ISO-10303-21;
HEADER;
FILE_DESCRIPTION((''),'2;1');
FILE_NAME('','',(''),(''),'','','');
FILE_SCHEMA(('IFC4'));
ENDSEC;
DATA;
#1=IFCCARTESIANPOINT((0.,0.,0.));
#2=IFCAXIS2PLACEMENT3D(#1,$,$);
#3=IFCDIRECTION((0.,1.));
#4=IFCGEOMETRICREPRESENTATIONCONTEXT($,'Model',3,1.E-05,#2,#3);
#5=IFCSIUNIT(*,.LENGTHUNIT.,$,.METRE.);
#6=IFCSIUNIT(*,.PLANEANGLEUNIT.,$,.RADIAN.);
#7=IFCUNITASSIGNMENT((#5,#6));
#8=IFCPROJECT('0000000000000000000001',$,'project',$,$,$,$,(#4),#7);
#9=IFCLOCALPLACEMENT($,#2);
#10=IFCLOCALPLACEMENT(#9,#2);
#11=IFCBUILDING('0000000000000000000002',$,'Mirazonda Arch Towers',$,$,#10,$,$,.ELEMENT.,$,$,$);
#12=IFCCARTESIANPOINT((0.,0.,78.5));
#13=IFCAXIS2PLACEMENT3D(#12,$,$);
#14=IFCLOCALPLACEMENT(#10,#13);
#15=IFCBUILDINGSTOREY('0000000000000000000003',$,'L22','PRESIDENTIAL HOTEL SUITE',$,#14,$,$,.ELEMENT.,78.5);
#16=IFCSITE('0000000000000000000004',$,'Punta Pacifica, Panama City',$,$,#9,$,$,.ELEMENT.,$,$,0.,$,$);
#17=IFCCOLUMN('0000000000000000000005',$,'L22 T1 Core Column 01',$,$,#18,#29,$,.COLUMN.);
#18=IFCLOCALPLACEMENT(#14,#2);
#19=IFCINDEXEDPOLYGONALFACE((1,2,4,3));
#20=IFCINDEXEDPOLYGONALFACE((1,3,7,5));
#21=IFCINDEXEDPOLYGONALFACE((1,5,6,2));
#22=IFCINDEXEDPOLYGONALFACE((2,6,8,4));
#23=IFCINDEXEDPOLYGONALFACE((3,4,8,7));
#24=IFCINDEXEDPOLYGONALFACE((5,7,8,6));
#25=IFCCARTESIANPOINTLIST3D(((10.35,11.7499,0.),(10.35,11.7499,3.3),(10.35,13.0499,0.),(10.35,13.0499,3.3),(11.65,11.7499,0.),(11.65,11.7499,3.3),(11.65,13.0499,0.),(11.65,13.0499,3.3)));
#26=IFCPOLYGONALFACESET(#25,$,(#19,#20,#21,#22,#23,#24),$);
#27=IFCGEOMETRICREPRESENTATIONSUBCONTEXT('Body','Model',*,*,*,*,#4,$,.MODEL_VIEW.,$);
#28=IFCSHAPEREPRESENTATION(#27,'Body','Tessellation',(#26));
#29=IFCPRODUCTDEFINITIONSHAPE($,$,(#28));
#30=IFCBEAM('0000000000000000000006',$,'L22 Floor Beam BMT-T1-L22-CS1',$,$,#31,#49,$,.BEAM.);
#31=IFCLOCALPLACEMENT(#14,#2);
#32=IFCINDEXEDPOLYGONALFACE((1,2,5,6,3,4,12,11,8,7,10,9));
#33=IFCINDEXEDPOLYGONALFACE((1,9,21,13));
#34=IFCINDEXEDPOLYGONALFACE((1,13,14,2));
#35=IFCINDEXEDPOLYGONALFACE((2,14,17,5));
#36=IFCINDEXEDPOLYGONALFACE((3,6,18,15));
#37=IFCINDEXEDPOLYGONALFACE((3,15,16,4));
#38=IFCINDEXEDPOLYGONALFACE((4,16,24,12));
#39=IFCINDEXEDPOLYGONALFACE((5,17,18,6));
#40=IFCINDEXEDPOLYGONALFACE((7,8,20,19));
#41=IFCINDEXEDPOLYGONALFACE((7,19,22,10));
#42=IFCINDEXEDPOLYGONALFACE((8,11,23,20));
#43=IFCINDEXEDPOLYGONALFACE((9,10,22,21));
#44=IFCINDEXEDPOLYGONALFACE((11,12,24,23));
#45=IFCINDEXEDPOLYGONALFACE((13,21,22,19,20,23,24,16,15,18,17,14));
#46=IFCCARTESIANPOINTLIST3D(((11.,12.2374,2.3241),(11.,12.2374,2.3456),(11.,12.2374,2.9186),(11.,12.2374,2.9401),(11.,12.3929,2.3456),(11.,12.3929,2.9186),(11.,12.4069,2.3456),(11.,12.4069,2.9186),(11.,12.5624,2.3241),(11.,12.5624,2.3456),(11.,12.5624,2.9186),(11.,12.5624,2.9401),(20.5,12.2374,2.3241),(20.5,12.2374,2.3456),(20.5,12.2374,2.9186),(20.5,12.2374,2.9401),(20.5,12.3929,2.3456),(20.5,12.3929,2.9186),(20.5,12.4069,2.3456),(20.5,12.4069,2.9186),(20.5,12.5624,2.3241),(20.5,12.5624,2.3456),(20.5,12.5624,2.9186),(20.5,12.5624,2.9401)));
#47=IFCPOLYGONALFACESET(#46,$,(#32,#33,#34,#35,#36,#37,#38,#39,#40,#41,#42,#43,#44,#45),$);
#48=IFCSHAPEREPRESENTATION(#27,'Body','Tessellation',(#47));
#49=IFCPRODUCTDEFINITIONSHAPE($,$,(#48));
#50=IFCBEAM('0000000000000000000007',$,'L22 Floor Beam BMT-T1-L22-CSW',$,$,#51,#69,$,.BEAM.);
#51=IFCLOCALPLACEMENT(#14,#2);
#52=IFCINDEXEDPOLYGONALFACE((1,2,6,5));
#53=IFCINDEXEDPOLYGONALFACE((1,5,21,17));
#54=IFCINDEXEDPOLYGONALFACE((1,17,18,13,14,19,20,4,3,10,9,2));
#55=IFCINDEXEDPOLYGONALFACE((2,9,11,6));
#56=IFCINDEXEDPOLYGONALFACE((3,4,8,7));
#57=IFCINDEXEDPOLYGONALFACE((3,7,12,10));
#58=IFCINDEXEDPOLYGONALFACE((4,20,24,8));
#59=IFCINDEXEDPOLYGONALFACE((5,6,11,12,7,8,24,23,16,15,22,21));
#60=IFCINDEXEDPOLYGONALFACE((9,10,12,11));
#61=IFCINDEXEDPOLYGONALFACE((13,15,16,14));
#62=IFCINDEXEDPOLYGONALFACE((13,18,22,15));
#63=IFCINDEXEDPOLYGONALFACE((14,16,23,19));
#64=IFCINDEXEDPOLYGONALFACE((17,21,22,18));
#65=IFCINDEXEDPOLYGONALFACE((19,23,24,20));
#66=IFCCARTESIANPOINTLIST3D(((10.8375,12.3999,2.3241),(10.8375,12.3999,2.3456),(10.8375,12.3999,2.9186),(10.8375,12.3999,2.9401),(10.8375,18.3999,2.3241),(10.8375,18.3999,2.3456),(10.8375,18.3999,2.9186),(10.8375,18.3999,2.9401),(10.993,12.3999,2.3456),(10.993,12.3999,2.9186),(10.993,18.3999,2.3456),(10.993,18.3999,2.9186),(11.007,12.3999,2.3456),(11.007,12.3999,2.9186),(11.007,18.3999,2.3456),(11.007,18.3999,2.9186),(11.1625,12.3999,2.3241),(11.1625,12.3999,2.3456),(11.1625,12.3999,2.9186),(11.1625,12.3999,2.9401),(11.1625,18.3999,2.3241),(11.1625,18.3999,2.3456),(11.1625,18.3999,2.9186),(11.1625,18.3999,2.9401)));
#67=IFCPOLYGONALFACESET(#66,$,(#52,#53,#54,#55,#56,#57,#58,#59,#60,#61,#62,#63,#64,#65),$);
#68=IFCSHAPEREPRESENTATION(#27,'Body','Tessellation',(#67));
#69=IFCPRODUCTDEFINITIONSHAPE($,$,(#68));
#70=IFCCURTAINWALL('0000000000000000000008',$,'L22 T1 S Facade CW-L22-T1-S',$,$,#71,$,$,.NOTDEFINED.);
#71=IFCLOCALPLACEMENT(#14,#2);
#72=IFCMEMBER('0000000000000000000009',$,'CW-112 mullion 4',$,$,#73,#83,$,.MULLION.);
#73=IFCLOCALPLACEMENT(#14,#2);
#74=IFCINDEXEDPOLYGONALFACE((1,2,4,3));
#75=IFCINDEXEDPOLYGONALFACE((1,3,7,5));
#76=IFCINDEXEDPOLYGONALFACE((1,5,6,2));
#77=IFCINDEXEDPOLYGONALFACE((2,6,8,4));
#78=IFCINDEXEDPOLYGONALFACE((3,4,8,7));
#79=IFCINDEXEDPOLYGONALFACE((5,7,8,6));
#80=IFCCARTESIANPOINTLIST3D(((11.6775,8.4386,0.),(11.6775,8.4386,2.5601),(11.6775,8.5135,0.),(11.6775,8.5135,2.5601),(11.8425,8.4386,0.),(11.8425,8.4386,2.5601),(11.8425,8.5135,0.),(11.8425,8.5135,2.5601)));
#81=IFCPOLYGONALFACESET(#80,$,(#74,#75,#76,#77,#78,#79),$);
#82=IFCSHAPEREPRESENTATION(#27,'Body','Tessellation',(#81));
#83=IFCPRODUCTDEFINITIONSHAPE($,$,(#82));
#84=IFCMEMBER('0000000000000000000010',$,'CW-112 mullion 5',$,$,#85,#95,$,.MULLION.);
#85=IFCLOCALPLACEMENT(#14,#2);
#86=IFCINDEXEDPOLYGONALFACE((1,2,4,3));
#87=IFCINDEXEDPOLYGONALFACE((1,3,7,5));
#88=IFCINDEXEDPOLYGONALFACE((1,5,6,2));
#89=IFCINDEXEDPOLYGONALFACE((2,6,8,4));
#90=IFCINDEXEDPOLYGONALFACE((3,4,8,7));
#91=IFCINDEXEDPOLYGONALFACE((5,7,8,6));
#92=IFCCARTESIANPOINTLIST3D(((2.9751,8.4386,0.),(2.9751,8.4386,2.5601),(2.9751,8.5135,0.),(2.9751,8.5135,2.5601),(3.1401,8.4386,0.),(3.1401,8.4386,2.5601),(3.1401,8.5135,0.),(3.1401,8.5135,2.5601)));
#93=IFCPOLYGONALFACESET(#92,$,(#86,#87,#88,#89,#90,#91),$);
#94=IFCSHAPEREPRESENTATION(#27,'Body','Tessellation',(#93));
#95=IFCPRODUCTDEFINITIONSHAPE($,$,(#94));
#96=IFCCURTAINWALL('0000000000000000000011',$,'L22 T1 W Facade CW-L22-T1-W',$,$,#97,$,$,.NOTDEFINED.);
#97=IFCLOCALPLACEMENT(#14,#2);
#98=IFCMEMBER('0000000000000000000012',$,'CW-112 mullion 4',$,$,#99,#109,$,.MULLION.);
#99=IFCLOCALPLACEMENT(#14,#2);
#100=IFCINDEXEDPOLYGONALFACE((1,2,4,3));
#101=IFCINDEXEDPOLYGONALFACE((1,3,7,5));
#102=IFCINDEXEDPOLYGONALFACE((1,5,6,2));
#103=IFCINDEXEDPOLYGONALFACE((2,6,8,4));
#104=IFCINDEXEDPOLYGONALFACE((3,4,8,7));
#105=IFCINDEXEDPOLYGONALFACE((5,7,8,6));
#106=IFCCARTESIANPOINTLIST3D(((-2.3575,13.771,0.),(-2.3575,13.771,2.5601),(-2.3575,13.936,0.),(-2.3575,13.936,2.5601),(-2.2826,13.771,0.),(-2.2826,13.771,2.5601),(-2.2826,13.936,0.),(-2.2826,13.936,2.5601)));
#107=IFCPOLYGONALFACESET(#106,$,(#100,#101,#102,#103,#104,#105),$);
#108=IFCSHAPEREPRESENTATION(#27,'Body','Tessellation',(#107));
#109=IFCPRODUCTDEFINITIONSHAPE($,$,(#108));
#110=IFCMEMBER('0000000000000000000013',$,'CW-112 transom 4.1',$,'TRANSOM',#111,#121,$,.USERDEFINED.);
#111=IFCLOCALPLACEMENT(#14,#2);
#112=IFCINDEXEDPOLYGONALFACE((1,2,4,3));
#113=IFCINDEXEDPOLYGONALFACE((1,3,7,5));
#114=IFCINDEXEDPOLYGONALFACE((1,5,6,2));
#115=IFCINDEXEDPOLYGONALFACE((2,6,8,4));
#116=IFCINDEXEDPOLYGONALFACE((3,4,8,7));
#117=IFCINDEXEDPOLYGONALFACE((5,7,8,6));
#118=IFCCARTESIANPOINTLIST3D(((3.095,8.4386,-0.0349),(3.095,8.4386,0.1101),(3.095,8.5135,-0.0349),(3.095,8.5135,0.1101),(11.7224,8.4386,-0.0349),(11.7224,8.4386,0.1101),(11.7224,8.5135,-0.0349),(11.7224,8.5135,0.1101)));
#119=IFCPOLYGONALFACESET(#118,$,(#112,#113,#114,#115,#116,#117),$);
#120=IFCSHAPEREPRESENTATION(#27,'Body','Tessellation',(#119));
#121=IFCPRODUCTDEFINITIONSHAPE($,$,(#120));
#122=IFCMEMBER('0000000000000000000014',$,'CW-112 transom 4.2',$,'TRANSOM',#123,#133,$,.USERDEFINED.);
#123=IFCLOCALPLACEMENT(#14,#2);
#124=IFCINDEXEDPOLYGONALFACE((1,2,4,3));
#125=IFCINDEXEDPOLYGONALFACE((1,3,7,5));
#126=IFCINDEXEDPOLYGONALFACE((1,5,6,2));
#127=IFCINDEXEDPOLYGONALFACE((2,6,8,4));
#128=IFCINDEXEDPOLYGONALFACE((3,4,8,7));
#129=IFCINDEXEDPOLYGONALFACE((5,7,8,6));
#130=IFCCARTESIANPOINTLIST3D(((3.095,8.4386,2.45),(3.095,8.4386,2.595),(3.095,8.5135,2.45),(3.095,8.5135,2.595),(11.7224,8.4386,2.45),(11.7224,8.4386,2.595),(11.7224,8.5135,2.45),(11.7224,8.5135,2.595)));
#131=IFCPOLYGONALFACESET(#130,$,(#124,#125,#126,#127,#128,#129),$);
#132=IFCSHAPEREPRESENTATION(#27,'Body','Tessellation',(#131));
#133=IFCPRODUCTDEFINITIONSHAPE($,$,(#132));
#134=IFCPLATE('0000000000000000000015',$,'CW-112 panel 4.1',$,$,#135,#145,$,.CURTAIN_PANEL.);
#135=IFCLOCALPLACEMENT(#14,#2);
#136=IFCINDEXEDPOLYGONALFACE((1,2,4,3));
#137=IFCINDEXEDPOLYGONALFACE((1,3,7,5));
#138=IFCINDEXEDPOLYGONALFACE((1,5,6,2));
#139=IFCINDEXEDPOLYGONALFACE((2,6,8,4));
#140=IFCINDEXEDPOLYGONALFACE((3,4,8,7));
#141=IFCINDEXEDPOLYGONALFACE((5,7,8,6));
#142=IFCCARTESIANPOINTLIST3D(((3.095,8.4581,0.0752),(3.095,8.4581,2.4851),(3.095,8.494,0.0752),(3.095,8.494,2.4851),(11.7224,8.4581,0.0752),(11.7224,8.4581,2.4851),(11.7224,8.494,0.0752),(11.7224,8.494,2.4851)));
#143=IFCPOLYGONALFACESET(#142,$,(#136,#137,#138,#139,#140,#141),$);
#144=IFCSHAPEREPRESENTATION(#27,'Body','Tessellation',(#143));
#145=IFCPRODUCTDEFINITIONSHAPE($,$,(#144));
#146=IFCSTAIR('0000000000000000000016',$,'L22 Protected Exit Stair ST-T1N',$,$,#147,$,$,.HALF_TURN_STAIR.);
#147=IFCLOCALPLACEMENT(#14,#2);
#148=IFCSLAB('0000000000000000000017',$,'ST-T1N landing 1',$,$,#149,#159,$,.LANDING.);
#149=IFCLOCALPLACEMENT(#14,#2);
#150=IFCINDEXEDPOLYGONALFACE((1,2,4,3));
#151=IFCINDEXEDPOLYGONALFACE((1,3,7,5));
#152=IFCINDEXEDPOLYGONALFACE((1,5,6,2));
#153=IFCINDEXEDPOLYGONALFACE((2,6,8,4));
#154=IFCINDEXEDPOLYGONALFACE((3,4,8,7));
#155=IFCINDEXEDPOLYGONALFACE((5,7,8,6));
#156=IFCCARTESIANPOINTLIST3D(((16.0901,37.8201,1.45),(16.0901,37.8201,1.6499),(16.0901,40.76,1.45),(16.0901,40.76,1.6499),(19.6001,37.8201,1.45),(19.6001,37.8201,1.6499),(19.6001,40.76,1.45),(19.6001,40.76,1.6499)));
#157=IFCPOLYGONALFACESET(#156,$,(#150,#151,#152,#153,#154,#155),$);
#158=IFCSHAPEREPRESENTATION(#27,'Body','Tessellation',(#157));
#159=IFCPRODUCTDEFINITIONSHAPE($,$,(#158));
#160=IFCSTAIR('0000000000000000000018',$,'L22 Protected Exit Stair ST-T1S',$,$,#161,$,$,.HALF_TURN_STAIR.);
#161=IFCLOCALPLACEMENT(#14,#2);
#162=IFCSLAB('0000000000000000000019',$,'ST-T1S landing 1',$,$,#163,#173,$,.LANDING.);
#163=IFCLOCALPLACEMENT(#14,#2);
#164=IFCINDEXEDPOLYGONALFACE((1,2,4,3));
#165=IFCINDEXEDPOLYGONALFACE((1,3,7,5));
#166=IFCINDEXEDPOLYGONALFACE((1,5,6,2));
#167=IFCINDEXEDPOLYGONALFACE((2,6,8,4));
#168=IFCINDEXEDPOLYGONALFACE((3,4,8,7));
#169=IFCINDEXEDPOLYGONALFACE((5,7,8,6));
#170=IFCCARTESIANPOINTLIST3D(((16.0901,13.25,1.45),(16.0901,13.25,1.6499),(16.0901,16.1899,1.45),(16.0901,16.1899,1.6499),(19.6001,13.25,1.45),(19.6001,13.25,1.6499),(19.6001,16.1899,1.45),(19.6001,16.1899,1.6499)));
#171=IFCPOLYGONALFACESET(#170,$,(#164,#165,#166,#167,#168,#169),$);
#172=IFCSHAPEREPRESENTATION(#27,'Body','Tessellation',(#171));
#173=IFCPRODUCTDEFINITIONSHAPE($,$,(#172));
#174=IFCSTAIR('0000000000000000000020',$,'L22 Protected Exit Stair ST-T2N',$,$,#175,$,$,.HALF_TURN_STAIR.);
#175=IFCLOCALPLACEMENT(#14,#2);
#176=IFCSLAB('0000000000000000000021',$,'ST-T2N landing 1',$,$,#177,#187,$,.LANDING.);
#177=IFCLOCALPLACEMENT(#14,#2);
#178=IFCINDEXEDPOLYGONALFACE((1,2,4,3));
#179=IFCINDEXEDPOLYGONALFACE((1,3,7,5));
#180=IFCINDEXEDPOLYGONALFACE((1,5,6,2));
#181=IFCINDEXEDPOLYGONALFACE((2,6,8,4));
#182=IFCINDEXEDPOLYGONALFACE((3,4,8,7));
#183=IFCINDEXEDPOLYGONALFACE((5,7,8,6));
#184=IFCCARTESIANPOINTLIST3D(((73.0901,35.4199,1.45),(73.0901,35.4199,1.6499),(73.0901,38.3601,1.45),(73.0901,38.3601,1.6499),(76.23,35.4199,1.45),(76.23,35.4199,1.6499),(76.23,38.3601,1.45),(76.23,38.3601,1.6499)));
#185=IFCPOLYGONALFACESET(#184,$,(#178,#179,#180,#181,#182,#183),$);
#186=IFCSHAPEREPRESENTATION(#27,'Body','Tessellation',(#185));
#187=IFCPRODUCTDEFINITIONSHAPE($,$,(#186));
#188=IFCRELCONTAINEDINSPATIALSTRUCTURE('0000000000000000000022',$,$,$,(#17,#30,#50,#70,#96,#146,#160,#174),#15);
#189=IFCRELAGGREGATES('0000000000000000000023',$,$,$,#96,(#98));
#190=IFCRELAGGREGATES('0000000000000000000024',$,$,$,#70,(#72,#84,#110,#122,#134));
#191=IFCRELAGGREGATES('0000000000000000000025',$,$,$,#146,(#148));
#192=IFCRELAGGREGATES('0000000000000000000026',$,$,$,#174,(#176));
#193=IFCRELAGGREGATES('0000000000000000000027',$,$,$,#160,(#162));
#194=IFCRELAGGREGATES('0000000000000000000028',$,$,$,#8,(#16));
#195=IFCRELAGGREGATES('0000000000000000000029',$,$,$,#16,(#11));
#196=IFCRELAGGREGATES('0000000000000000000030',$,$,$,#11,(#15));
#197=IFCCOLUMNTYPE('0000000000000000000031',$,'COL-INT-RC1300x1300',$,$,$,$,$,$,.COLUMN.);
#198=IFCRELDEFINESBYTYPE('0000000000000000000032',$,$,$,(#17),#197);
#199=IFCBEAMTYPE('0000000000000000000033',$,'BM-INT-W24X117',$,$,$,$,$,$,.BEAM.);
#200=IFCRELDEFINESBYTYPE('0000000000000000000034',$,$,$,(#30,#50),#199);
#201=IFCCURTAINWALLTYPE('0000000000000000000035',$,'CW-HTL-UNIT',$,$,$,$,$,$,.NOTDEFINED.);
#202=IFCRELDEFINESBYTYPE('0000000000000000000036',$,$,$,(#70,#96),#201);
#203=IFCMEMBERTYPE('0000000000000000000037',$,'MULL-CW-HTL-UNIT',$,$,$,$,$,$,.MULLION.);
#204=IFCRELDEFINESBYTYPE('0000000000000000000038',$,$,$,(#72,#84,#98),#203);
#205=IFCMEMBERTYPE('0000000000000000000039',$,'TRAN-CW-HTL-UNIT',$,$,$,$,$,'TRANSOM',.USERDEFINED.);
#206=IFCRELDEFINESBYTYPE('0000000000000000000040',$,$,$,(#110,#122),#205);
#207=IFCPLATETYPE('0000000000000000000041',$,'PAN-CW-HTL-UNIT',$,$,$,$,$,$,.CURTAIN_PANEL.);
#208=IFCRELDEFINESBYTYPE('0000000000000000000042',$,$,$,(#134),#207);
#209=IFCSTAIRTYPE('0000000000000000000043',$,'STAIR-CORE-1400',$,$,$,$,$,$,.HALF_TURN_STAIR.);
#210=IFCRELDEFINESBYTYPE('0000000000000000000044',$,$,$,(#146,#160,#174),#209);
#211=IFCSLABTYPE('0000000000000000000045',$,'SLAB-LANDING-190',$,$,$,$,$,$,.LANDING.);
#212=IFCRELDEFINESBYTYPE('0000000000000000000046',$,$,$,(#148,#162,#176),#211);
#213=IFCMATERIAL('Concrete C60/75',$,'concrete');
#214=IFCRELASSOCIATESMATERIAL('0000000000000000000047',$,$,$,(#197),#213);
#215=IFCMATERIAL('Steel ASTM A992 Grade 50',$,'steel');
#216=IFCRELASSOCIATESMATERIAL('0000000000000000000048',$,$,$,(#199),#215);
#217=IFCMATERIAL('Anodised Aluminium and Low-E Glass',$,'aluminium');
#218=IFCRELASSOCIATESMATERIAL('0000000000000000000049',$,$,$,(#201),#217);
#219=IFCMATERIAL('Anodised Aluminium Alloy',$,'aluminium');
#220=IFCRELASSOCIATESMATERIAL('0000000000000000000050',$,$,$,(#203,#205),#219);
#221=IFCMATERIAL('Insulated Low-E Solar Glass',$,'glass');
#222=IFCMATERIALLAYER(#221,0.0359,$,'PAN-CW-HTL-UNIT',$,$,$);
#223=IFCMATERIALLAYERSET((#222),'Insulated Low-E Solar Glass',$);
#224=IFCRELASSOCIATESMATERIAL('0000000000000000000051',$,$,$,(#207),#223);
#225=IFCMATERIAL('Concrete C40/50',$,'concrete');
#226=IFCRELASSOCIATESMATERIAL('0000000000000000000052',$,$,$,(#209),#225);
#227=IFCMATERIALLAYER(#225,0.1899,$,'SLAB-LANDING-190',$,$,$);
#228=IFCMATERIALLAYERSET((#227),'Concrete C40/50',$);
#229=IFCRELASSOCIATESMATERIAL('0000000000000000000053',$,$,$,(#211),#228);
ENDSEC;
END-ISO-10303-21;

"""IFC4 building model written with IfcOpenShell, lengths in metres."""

from ifc_helpers import new_model, si_unit, direction, frame, origin, origin_2d, place, context, subcontext, project, spatial, polyline, rectangle, i_section, outline, extrude, material, layer, layer_set, material_profile, profile_set, type_object, element, aggregate, save


model = new_model("IFC4")

# Units and contexts
model_context = context("Model", 3, precision=1e-05, world=origin(), true_north=direction((0.0, 1.0)))
body_context = subcontext(model_context, "Body", "Model", "MODEL_VIEW")
ifc_project = project(units=[si_unit("LENGTHUNIT", "METRE"), si_unit("PLANEANGLEUNIT", "RADIAN")], contexts=[model_context])

# Site, building, storey
site_placement = place(None, origin())
site = spatial("IfcSite", under=ifc_project, at=site_placement, Name="Punta Pacifica, Panama City", CompositionType="ELEMENT", RefElevation=0.0)
building_placement = place(site_placement, origin())
building = spatial("IfcBuilding", under=site, at=building_placement, Name="Mirazonda Arch Towers", CompositionType="ELEMENT")
storey_placement = place(building_placement, frame((0.0, 0.0, 78.5)))
storey = spatial("IfcBuildingStorey", under=building, at=storey_placement, Name="L22", Description="PRESIDENTIAL HOTEL SUITE", CompositionType="ELEMENT", Elevation=78.5)

# Column
ifc_material_1 = material(Name="Concrete C60/75", Category="concrete")
ifc_material_profile_1 = material_profile(ifc_material_1, rectangle(XDim=1.3, YDim=1.3, at=origin_2d()), Name="RC1300x1300")
ifc_profile_set_1 = profile_set([ifc_material_profile_1], Name="Concrete C60/75")
column_type = type_object("IfcColumnType", Name="COL-INT-RC1300x1300", PredefinedType="COLUMN", material=ifc_profile_set_1)
column_placement = place(storey_placement, frame((11.0, 12.3999, 0.0), z_axis=(0.0, 0.0, 1.0), x_axis=(1.0, 0.0, 0.0)))
element("IfcColumn", 1, at=column_placement, inside=storey, type_object=column_type, Name="L22 T1 Core Column 01", PredefinedType="COLUMN", context=body_context, shape_type="SweptSolid", body=[
    extrude(rectangle(XDim=1.3, YDim=1.3, at=origin_2d()), origin(), (0.0, 0.0, 1.0), 3.3),
])

# Beams
ifc_material_2 = material(Name="Steel ASTM A992 Grade 50", Category="steel")
ifc_material_profile_2 = material_profile(ifc_material_2, i_section(OverallWidth=0.325, OverallDepth=0.616, WebThickness=0.0139, FlangeThickness=0.0215, at=origin_2d()), Name="W24X117")
ifc_profile_set_2 = profile_set([ifc_material_profile_2], Name="Steel ASTM A992 Grade 50")
beam_type = type_object("IfcBeamType", Name="BM-INT-W24X117", PredefinedType="BEAM", material=ifc_profile_set_2)
beam_1_placement = place(storey_placement, frame((11.0, 12.3999, 2.6321), z_axis=(1.0, 0.0, 0.0), x_axis=(0.0, 1.0, 0.0)))
element("IfcBeam", 2, at=beam_1_placement, inside=storey, type_object=beam_type, Name="L22 Floor Beam BMT-T1-L22-CS1", PredefinedType="BEAM", context=body_context, shape_type="SweptSolid", body=[
    extrude(i_section(OverallWidth=0.325, OverallDepth=0.616, WebThickness=0.0139, FlangeThickness=0.0215, at=origin_2d()), origin(), (0.0, 0.0, 1.0), 9.5),
])
beam_2_placement = place(storey_placement, frame((11.0, 12.3999, 2.6321), z_axis=(0.0, 1.0, 0.0), x_axis=(-1.0, 0.0, 0.0)))
element("IfcBeam", 3, at=beam_2_placement, inside=storey, type_object=beam_type, Name="L22 Floor Beam BMT-T1-L22-CSW", PredefinedType="BEAM", context=body_context, shape_type="SweptSolid", body=[
    extrude(i_section(OverallWidth=0.325, OverallDepth=0.616, WebThickness=0.0139, FlangeThickness=0.0215, at=origin_2d()), origin(), (0.0, 0.0, 1.0), 6.0),
])

# Curtain wall, members
ifc_material_3 = material(Name="Anodised Aluminium and Low-E Glass", Category="aluminium")
curtain_wall_type = type_object("IfcCurtainWallType", Name="CW-HTL-UNIT", PredefinedType="NOTDEFINED", material=ifc_material_3)
curtain_wall_1_placement = place(storey_placement, origin())
curtain_wall_1 = element("IfcCurtainWall", 4, at=curtain_wall_1_placement, inside=storey, type_object=curtain_wall_type, Name="L22 T1 S Facade CW-L22-T1-S", PredefinedType="NOTDEFINED")
ifc_material_4 = material(Name="Anodised Aluminium Alloy", Category="aluminium")
ifc_material_profile_3 = material_profile(ifc_material_4, rectangle(XDim=0.075, YDim=0.165, at=origin_2d()), Name="ALU-MULL-75x165")
ifc_profile_set_3 = profile_set([ifc_material_profile_3], Name="Anodised Aluminium Alloy")
member_type_1 = type_object("IfcMemberType", Name="MULL-CW-HTL-UNIT", PredefinedType="MULLION", material=ifc_profile_set_3)
member_1_placement = place(storey_placement, frame((11.76, 8.4761, 0.0), z_axis=(0.0, 0.0, 1.0), x_axis=(0.0, -1.0, 0.0)))
member_1 = element("IfcMember", 5, at=member_1_placement, type_object=member_type_1, Name="CW-112 mullion 4", PredefinedType="MULLION", context=body_context, shape_type="SweptSolid", body=[
    extrude(rectangle(XDim=0.075, YDim=0.165, at=origin_2d()), origin(), (0.0, 0.0, 1.0), 2.5601),
])
member_2_placement = place(storey_placement, frame((3.0576, 8.4761, 0.0), z_axis=(0.0, 0.0, 1.0), x_axis=(0.0, -1.0, 0.0)))
member_2 = element("IfcMember", 6, at=member_2_placement, type_object=member_type_1, Name="CW-112 mullion 5", PredefinedType="MULLION", context=body_context, shape_type="SweptSolid", body=[
    extrude(rectangle(XDim=0.075, YDim=0.165, at=origin_2d()), origin(), (0.0, 0.0, 1.0), 2.5601),
])

# Curtain wall, member
curtain_wall_2_placement = place(storey_placement, origin())
curtain_wall_2 = element("IfcCurtainWall", 7, at=curtain_wall_2_placement, inside=storey, type_object=curtain_wall_type, Name="L22 T1 W Facade CW-L22-T1-W", PredefinedType="NOTDEFINED")
member_3_placement = place(storey_placement, frame((-2.3201, 13.8535, 0.0), z_axis=(0.0, 0.0, 1.0), x_axis=(1.0, 0.0, 0.0)))
member_3 = element("IfcMember", 8, at=member_3_placement, type_object=member_type_1, Name="CW-112 mullion 4", PredefinedType="MULLION", context=body_context, shape_type="SweptSolid", body=[
    extrude(rectangle(XDim=0.075, YDim=0.165, at=origin_2d()), origin(), (0.0, 0.0, 1.0), 2.5601),
])
aggregate(curtain_wall_2, [member_3])

# Members
ifc_material_profile_4 = material_profile(ifc_material_4, rectangle(XDim=0.075, YDim=0.145, at=origin_2d()), Name="ALU-TRAN-75x145")
ifc_profile_set_4 = profile_set([ifc_material_profile_4], Name="Anodised Aluminium Alloy")
member_type_2 = type_object("IfcMemberType", Name="TRAN-CW-HTL-UNIT", ElementType="TRANSOM", PredefinedType="USERDEFINED", material=ifc_profile_set_4)
member_4_placement = place(storey_placement, frame((11.7224, 8.4761, 0.0376), z_axis=(-1.0, 0.0, 0.0), x_axis=(0.0, -1.0, 0.0)))
member_4 = element("IfcMember", 9, at=member_4_placement, type_object=member_type_2, Name="CW-112 transom 4.1", ObjectType="TRANSOM", PredefinedType="USERDEFINED", context=body_context, shape_type="SweptSolid", body=[
    extrude(rectangle(XDim=0.075, YDim=0.145, at=origin_2d()), origin(), (0.0, 0.0, 1.0), 8.6274),
])
member_5_placement = place(storey_placement, frame((11.7224, 8.4761, 2.5225), z_axis=(-1.0, 0.0, 0.0), x_axis=(0.0, -1.0, 0.0)))
member_5 = element("IfcMember", 10, at=member_5_placement, type_object=member_type_2, Name="CW-112 transom 4.2", ObjectType="TRANSOM", PredefinedType="USERDEFINED", context=body_context, shape_type="SweptSolid", body=[
    extrude(rectangle(XDim=0.075, YDim=0.145, at=origin_2d()), origin(), (0.0, 0.0, 1.0), 8.6274),
])

# Plate
ifc_material_5 = material(Name="Insulated Low-E Solar Glass", Category="glass")
ifc_layer_1 = layer(ifc_material_5, 0.0359, Name="PAN-CW-HTL-UNIT")
ifc_layer_set_1 = layer_set([ifc_layer_1], Name="Insulated Low-E Solar Glass")
plate_type = type_object("IfcPlateType", Name="PAN-CW-HTL-UNIT", PredefinedType="CURTAIN_PANEL", material=ifc_layer_set_1)
plate_placement = place(storey_placement, frame((7.4087, 8.4761, 0.0752), z_axis=(0.0, 0.0, 1.0), x_axis=(-1.0, 0.0, 0.0)))
plate = element("IfcPlate", 11, at=plate_placement, type_object=plate_type, Name="CW-112 panel 4.1", PredefinedType="CURTAIN_PANEL", context=body_context, shape_type="SweptSolid", body=[
    extrude(rectangle(XDim=8.6274, YDim=0.0359, at=origin_2d()), origin(), (0.0, 0.0, 1.0), 2.4099),
])
aggregate(curtain_wall_1, [member_1, member_2, member_4, member_5, plate])

# Stairs, slabs
ifc_material_6 = material(Name="Concrete C40/50", Category="concrete")
stair_type = type_object("IfcStairType", Name="STAIR-CORE-1400", PredefinedType="HALF_TURN_STAIR", material=ifc_material_6)
stair_1_placement = place(storey_placement, origin())
stair_1 = element("IfcStair", 12, at=stair_1_placement, inside=storey, type_object=stair_type, Name="L22 Protected Exit Stair ST-T1N", PredefinedType="HALF_TURN_STAIR")
ifc_layer_2 = layer(ifc_material_6, 0.1899, Name="SLAB-LANDING-190")
ifc_layer_set_2 = layer_set([ifc_layer_2], Name="Concrete C40/50")
slab_type_1 = type_object("IfcSlabType", Name="SLAB-LANDING-190", PredefinedType="LANDING", material=ifc_layer_set_2)
slab_1_placement = place(storey_placement, frame((0.0, 0.0, 1.45)))
slab_1 = element("IfcSlab", 13, at=slab_1_placement, type_object=slab_type_1, Name="ST-T1N landing 1", PredefinedType="LANDING", context=body_context, shape_type="SweptSolid", body=[
    extrude(outline(polyline([(16.0901, 37.8201), (19.6001, 37.8201), (19.6001, 40.76), (16.0901, 40.76), (16.0901, 37.8201)])), origin(), (0.0, 0.0, 1.0), 0.2),
])
aggregate(stair_1, [slab_1])
stair_2_placement = place(storey_placement, origin())
stair_2 = element("IfcStair", 14, at=stair_2_placement, inside=storey, type_object=stair_type, Name="L22 Protected Exit Stair ST-T1S", PredefinedType="HALF_TURN_STAIR")
slab_2_placement = place(storey_placement, frame((0.0, 0.0, 1.45)))
slab_2 = element("IfcSlab", 15, at=slab_2_placement, type_object=slab_type_1, Name="ST-T1S landing 1", PredefinedType="LANDING", context=body_context, shape_type="SweptSolid", body=[
    extrude(outline(polyline([(16.0901, 13.25), (19.6001, 13.25), (19.6001, 16.1899), (16.0901, 16.1899), (16.0901, 13.25)])), origin(), (0.0, 0.0, 1.0), 0.2),
])
stair_3_placement = place(storey_placement, origin())
stair_3 = element("IfcStair", 16, at=stair_3_placement, inside=storey, type_object=stair_type, Name="L22 Protected Exit Stair ST-T2N", PredefinedType="HALF_TURN_STAIR")
slab_3_placement = place(storey_placement, frame((0.0, 0.0, 1.45)))
slab_3 = element("IfcSlab", 17, at=slab_3_placement, type_object=slab_type_1, Name="ST-T2N landing 1", PredefinedType="LANDING", context=body_context, shape_type="SweptSolid", body=[
    extrude(outline(polyline([(73.0901, 35.4199), (76.23, 35.4199), (76.23, 38.3601), (73.0901, 38.3601), (73.0901, 35.4199)])), origin(), (0.0, 0.0, 1.0), 0.2),
])
aggregate(stair_3, [slab_3])

aggregate(stair_2, [slab_2])

save(model, "model.ifc")
